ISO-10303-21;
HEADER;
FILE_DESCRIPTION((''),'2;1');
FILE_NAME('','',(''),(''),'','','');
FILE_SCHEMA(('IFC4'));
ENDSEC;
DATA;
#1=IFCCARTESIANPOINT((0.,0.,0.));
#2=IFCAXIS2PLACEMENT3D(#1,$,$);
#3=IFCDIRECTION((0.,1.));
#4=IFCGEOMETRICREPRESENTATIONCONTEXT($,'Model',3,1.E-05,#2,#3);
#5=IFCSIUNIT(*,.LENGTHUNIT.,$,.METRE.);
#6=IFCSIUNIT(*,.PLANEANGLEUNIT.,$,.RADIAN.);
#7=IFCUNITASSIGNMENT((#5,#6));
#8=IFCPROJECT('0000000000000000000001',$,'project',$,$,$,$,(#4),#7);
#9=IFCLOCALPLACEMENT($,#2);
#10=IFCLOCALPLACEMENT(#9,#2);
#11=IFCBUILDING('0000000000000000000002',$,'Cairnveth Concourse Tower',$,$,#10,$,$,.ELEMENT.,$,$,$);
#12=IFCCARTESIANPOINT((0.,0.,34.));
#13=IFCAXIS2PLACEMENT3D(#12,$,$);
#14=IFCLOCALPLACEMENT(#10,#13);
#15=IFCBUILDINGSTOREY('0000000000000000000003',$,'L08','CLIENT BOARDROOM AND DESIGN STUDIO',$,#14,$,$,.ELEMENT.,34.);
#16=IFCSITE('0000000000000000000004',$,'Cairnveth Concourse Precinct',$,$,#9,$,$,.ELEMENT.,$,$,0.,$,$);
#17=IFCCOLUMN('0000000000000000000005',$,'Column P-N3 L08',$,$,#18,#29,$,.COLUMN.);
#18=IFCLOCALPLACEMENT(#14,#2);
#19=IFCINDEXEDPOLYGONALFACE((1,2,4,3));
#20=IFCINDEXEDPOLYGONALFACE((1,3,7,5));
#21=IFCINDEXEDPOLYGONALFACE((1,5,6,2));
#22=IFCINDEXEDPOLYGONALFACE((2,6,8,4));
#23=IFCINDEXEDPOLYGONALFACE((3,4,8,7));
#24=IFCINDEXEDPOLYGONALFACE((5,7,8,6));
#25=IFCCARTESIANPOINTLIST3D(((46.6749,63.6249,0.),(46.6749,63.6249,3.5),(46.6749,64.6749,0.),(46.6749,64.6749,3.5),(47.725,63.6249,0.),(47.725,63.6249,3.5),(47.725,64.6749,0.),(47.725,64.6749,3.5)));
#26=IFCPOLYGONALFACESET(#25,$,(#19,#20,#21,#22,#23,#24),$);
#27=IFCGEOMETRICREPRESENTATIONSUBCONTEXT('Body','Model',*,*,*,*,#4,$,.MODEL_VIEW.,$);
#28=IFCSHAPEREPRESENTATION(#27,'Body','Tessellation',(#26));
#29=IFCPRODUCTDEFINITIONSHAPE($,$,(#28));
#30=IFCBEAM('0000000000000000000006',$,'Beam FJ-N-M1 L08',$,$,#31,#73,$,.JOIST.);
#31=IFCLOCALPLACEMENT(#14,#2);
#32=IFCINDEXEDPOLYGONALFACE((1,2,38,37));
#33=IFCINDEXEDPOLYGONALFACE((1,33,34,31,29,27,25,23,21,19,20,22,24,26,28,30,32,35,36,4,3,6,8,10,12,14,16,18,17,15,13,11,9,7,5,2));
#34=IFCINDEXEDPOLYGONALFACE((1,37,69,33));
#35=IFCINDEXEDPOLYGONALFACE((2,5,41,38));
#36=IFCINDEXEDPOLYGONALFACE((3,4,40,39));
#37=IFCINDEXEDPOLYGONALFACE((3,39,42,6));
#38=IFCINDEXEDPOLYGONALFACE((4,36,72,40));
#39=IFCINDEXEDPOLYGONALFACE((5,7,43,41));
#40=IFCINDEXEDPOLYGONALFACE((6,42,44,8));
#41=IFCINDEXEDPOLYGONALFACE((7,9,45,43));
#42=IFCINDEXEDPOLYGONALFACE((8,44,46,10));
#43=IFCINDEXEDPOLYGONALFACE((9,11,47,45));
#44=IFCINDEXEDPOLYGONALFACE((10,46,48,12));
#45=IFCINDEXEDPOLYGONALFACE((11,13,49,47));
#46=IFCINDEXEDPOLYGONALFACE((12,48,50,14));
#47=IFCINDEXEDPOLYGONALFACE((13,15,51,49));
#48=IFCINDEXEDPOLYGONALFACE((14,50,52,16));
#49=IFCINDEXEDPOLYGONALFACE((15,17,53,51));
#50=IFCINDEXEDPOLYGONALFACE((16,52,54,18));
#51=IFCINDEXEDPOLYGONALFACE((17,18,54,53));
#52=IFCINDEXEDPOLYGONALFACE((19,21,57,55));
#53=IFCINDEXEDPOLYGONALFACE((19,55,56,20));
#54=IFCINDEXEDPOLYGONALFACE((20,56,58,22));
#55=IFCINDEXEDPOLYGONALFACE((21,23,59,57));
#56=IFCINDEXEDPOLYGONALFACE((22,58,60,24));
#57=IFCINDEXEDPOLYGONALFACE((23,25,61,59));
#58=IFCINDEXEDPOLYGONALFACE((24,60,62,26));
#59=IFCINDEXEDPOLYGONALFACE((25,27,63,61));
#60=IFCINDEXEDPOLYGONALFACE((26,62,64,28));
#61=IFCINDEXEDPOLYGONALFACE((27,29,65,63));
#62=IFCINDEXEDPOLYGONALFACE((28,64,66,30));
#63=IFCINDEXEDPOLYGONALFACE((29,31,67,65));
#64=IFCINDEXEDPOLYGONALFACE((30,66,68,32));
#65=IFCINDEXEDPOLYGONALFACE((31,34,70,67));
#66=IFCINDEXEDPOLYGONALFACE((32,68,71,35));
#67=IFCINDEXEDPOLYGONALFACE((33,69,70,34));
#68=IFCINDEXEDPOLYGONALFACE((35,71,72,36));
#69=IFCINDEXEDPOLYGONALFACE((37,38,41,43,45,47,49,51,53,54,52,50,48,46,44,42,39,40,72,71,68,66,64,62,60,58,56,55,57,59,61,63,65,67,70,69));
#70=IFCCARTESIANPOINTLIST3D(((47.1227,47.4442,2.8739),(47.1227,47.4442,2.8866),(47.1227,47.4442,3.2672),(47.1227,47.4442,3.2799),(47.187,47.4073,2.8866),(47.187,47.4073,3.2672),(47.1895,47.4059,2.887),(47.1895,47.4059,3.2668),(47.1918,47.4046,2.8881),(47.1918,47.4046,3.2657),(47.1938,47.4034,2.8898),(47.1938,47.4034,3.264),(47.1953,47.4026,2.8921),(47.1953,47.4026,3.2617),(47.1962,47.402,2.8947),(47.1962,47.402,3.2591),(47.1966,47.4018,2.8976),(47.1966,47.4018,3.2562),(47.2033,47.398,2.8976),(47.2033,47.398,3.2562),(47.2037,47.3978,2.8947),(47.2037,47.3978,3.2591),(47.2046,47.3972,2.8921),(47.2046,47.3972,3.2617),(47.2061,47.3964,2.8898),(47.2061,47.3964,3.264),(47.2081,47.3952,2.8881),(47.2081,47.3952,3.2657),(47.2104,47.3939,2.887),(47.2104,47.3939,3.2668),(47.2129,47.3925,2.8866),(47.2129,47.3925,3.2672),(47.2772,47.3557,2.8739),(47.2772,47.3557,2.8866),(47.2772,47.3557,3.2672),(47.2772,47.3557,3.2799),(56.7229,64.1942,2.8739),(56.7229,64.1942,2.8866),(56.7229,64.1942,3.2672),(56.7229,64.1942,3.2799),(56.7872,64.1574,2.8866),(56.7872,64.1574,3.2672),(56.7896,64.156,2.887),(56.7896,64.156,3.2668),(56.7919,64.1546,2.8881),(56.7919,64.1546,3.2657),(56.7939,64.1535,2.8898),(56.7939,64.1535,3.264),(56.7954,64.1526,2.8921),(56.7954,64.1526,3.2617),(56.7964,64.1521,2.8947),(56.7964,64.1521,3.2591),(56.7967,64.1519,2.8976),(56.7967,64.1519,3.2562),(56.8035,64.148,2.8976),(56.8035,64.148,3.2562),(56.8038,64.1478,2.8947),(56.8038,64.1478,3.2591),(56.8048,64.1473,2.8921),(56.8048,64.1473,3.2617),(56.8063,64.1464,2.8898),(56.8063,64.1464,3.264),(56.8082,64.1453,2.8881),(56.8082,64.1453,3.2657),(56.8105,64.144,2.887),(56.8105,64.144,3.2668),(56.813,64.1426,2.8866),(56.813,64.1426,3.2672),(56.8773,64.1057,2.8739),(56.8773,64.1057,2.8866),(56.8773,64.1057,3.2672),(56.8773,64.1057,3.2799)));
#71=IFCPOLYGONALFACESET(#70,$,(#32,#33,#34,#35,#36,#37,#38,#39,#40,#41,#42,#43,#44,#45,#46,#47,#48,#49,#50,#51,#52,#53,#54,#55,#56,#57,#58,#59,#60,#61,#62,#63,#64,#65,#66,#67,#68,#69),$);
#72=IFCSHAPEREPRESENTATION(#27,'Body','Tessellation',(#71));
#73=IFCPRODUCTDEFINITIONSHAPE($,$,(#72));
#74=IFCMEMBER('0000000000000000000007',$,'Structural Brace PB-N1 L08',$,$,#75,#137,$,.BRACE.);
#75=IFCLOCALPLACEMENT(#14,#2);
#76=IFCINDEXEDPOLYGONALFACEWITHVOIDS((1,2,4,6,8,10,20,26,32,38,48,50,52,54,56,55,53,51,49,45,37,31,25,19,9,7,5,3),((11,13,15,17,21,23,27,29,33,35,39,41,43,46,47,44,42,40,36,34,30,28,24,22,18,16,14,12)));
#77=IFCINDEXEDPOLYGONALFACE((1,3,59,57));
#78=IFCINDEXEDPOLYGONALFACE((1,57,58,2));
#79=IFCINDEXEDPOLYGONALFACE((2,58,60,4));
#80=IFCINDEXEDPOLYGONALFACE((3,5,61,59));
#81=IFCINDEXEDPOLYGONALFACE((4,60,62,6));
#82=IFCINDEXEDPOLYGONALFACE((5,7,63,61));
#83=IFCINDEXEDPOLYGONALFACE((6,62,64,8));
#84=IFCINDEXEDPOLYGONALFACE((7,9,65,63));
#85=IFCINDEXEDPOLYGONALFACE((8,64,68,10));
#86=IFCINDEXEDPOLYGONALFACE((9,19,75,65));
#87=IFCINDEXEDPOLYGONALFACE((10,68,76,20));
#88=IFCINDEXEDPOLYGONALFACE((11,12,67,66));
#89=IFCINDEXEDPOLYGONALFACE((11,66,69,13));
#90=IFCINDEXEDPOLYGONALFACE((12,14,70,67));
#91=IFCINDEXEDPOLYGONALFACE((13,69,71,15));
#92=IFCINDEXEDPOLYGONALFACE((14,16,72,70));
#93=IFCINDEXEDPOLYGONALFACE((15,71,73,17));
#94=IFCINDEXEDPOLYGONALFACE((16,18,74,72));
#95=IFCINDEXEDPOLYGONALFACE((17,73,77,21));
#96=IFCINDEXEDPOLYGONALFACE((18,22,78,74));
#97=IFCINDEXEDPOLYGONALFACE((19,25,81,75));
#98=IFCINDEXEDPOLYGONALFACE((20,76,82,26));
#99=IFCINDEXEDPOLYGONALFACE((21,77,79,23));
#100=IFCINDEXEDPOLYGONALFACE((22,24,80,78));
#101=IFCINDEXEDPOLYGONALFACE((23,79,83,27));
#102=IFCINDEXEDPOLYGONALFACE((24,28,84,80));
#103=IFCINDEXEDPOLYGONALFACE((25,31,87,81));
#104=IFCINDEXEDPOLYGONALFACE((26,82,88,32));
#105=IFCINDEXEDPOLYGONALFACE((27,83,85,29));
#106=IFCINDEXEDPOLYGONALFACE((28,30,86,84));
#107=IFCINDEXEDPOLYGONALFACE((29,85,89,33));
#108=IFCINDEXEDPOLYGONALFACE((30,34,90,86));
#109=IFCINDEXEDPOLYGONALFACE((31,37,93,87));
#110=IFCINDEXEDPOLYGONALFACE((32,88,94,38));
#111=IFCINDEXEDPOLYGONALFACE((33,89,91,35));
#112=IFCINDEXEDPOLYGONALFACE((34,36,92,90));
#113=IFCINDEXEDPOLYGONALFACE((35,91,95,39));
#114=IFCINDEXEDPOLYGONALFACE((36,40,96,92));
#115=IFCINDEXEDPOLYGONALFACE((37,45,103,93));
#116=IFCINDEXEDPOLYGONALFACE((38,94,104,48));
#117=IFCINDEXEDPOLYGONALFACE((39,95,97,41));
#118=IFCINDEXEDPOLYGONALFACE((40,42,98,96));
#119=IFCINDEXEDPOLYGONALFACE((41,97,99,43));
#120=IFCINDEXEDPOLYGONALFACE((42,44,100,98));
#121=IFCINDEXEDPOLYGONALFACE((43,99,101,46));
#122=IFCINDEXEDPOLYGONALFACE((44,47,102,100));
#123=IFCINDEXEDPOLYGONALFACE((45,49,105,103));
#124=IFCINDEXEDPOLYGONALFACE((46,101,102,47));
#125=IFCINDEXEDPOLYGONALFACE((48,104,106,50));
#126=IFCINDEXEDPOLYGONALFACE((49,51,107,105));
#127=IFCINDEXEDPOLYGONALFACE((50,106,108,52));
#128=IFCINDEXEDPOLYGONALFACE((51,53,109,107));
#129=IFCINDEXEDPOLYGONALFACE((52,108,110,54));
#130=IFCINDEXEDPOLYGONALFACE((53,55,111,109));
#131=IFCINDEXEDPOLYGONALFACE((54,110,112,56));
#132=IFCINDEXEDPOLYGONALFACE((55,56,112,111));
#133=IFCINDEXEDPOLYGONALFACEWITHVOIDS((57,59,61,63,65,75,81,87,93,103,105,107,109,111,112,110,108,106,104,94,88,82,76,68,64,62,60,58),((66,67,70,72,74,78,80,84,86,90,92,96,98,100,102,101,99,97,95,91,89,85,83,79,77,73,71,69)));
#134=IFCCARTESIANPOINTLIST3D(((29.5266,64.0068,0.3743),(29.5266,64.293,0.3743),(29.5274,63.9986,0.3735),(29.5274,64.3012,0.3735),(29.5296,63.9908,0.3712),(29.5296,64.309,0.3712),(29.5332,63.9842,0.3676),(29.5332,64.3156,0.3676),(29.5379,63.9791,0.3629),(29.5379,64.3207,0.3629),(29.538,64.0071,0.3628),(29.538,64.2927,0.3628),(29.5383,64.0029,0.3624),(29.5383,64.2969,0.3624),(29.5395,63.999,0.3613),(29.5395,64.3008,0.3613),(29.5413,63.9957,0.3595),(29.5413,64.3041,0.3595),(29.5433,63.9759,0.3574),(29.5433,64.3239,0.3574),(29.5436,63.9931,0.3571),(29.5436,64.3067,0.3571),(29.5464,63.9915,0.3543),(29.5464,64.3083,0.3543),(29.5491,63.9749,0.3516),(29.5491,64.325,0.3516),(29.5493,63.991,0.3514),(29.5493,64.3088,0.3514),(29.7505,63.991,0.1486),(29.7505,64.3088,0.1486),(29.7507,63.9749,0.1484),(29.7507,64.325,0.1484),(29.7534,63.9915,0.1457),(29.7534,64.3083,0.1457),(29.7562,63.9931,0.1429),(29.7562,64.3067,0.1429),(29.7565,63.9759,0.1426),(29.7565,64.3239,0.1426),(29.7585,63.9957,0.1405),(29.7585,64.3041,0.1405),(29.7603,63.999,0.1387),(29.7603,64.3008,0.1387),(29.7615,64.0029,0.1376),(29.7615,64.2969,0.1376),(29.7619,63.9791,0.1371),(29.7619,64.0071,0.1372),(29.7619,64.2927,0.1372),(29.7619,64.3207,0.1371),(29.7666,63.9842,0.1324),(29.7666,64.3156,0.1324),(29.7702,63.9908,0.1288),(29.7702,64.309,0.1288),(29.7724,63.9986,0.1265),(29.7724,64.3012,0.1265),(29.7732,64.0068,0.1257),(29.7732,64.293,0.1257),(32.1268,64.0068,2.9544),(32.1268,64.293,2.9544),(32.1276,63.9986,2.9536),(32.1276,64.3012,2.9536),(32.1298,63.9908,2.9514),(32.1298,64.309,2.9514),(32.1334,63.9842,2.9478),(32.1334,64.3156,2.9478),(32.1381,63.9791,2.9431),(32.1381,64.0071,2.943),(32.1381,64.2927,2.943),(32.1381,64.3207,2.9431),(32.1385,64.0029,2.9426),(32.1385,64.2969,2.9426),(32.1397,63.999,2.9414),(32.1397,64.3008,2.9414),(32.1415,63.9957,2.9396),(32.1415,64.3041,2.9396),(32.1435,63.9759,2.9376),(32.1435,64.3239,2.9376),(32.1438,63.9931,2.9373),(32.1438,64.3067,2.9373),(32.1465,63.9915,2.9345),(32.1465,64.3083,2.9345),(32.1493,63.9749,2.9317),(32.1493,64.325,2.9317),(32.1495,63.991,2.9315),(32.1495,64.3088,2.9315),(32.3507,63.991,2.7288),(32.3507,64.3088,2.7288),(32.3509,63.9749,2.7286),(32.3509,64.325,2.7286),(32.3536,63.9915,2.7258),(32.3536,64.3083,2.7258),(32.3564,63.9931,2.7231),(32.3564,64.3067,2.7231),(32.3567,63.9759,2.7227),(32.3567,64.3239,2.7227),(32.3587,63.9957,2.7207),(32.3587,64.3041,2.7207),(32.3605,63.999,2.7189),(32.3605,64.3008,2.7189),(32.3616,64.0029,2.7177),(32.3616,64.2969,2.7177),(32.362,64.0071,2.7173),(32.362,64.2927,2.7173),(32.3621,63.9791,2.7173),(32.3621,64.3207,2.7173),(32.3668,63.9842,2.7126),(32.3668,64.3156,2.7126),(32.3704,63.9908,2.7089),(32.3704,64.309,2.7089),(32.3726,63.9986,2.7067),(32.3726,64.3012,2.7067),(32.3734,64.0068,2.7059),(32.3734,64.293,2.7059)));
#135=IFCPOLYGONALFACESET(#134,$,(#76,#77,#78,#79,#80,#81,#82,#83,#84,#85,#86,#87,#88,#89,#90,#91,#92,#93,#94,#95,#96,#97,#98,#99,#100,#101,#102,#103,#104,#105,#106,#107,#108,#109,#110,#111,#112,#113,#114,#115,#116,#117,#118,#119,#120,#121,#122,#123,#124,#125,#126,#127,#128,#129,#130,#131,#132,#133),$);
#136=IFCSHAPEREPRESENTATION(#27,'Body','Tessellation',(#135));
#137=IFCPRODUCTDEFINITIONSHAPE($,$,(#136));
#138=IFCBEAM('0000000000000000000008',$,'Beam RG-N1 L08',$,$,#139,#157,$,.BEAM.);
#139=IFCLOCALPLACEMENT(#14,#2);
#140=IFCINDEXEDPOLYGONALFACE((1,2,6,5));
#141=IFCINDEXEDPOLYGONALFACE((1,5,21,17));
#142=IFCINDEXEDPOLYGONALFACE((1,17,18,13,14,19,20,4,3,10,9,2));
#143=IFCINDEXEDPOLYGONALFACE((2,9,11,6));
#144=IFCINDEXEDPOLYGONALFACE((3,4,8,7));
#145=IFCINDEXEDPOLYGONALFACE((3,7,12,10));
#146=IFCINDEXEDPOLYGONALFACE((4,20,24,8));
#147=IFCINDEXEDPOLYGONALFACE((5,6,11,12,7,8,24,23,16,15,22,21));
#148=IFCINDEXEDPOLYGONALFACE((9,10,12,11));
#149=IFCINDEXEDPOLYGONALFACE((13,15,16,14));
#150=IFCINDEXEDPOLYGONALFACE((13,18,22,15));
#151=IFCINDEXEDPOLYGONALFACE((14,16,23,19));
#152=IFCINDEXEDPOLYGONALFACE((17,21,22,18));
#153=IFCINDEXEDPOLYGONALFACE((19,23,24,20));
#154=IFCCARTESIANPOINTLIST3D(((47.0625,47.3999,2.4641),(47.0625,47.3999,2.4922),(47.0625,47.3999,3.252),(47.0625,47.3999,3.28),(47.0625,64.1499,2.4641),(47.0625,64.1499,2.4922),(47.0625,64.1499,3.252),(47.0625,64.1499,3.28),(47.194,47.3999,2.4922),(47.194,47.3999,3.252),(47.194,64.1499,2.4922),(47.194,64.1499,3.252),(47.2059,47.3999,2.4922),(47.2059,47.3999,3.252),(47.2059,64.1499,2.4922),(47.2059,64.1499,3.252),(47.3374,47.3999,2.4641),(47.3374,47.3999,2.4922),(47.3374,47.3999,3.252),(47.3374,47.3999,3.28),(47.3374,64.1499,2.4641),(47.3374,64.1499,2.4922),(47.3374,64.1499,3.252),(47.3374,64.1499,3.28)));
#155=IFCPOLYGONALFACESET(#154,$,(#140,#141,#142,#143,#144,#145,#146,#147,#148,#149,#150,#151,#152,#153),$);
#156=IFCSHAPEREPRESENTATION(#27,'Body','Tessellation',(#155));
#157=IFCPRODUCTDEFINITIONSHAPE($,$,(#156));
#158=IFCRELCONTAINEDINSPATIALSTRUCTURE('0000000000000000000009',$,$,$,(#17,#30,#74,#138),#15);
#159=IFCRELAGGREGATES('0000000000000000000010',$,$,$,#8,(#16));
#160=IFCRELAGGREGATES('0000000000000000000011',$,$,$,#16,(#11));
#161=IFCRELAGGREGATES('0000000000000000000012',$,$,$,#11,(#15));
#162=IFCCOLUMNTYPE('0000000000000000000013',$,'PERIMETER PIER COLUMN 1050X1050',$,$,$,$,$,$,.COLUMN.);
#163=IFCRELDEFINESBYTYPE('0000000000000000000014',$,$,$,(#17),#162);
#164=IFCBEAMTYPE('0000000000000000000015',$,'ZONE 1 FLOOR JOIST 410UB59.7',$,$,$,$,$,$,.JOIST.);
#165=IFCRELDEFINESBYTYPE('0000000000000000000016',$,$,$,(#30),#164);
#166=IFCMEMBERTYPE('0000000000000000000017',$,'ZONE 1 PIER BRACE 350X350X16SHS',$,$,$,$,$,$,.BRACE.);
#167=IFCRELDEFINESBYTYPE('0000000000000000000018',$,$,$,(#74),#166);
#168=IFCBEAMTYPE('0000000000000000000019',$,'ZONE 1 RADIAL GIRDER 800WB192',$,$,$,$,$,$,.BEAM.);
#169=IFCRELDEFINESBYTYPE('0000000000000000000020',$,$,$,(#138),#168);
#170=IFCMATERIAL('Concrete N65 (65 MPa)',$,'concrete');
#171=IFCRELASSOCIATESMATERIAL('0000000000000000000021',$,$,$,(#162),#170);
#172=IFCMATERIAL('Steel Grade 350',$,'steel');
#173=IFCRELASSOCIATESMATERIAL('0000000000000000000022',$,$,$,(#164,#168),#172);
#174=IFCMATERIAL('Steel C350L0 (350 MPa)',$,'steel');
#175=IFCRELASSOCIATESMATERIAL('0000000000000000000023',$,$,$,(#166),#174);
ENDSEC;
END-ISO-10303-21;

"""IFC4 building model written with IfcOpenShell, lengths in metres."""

from ifc_helpers import new_model, si_unit, direction, frame, origin, origin_2d, place, context, subcontext, project, spatial, rectangle, hollow_rectangle, i_section, extrude, material, material_profile, profile_set, type_object, element, save


model = new_model("IFC4")

# Units and contexts
model_context = context("Model", 3, precision=1e-05, world=origin(), true_north=direction((0.0, 1.0)))
body_context = subcontext(model_context, "Body", "Model", "MODEL_VIEW")
ifc_project = project(units=[si_unit("LENGTHUNIT", "METRE"), si_unit("PLANEANGLEUNIT", "RADIAN")], contexts=[model_context])

# Site, building, storey
site_placement = place(None, origin())
site = spatial("IfcSite", under=ifc_project, at=site_placement, Name="Cairnveth Concourse Precinct", CompositionType="ELEMENT", RefElevation=0.0)
building_placement = place(site_placement, origin())
building = spatial("IfcBuilding", under=site, at=building_placement, Name="Cairnveth Concourse Tower", CompositionType="ELEMENT")
storey_placement = place(building_placement, frame((0.0, 0.0, 34.0)))
storey = spatial("IfcBuildingStorey", under=building, at=storey_placement, Name="L08", Description="CLIENT BOARDROOM AND DESIGN STUDIO", CompositionType="ELEMENT", Elevation=34.0)

# Column
ifc_material_1 = material(Name="Concrete N65 (65 MPa)", Category="concrete")
ifc_material_profile_1 = material_profile(ifc_material_1, rectangle(XDim=1.05, YDim=1.05, at=origin_2d()), Name="RC-COL-1050x1050")
ifc_profile_set_1 = profile_set([ifc_material_profile_1], Name="Concrete N65 (65 MPa)")
column_type = type_object("IfcColumnType", Name="PERIMETER PIER COLUMN 1050X1050", PredefinedType="COLUMN", material=ifc_profile_set_1)
column_placement = place(storey_placement, frame((47.2, 64.1499, 0.0), z_axis=(0.0, 0.0, 1.0), x_axis=(1.0, 0.0, 0.0)))
element("IfcColumn", 1, at=column_placement, inside=storey, type_object=column_type, Name="Column P-N3 L08", PredefinedType="COLUMN", context=body_context, shape_type="SweptSolid", body=[
    extrude(rectangle(XDim=1.05, YDim=1.05, at=origin_2d()), origin(), (0.0, 0.0, 1.0), 3.5),
])

# Beam
ifc_material_2 = material(Name="Steel Grade 350", Category="steel")
ifc_material_profile_2 = material_profile(ifc_material_2, i_section(OverallWidth=0.178, OverallDepth=0.406, WebThickness=0.0078, FlangeThickness=0.0127, FilletRadius=0.011, at=origin_2d()), Name="410UB59.7")
ifc_profile_set_2 = profile_set([ifc_material_profile_2], Name="Steel Grade 350")
beam_type_1 = type_object("IfcBeamType", Name="ZONE 1 FLOOR JOIST 410UB59.7", PredefinedType="JOIST", material=ifc_profile_set_2)
beam_1_placement = place(storey_placement, frame((47.2, 47.3999, 3.0769), z_axis=(0.497258, 0.867603, 0.0), x_axis=(-0.867603, 0.497258, 0.0)))
element("IfcBeam", 2, at=beam_1_placement, inside=storey, type_object=beam_type_1, Name="Beam FJ-N-M1 L08", PredefinedType="JOIST", context=body_context, shape_type="SweptSolid", body=[
    extrude(i_section(OverallWidth=0.178, OverallDepth=0.406, WebThickness=0.0078, FlangeThickness=0.0127, FilletRadius=0.011, at=origin_2d()), origin(), (0.0, 0.0, 1.0), 19.3062),
])

# Member
ifc_material_3 = material(Name="Steel C350L0 (350 MPa)", Category="steel")
ifc_material_profile_3 = material_profile(ifc_material_3, hollow_rectangle(XDim=0.3501, YDim=0.3501, WallThickness=0.0161, InnerFilletRadius=0.0161, OuterFilletRadius=0.032, at=origin_2d()), Name="350x350x16.0SHS")
ifc_profile_set_3 = profile_set([ifc_material_profile_3], Name="Steel C350L0 (350 MPa)")
member_type = type_object("IfcMemberType", Name="ZONE 1 PIER BRACE 350X350X16SHS", PredefinedType="BRACE", material=ifc_profile_set_3)
member_placement = place(storey_placement, frame((29.6499, 64.1499, 0.25), z_axis=(0.709834, 0.0, 0.704369), x_axis=(0.0, 1.0, 0.0)))
element("IfcMember", 3, at=member_placement, inside=storey, type_object=member_type, Name="Structural Brace PB-N1 L08", PredefinedType="BRACE", context=body_context, shape_type="SweptSolid", body=[
    extrude(hollow_rectangle(XDim=0.3501, YDim=0.3501, WallThickness=0.0161, InnerFilletRadius=0.0161, OuterFilletRadius=0.032, at=origin_2d()), origin(), (0.0, 0.0, 1.0), 3.6631),
])

# Beam
ifc_material_profile_4 = material_profile(ifc_material_2, i_section(OverallWidth=0.2749, OverallDepth=0.8159, WebThickness=0.012, FlangeThickness=0.0281, at=origin_2d()), Name="800WB192")
ifc_profile_set_4 = profile_set([ifc_material_profile_4], Name="Steel Grade 350")
beam_type_2 = type_object("IfcBeamType", Name="ZONE 1 RADIAL GIRDER 800WB192", PredefinedType="BEAM", material=ifc_profile_set_4)
beam_2_placement = place(storey_placement, frame((47.2, 47.3999, 2.8721), z_axis=(0.0, 1.0, 0.0), x_axis=(-1.0, 0.0, 0.0)))
element("IfcBeam", 4, at=beam_2_placement, inside=storey, type_object=beam_type_2, Name="Beam RG-N1 L08", PredefinedType="BEAM", context=body_context, shape_type="SweptSolid", body=[
    extrude(i_section(OverallWidth=0.2749, OverallDepth=0.8159, WebThickness=0.012, FlangeThickness=0.0281, at=origin_2d()), origin(), (0.0, 0.0, 1.0), 16.75),
])

save(model, "model.ifc")
